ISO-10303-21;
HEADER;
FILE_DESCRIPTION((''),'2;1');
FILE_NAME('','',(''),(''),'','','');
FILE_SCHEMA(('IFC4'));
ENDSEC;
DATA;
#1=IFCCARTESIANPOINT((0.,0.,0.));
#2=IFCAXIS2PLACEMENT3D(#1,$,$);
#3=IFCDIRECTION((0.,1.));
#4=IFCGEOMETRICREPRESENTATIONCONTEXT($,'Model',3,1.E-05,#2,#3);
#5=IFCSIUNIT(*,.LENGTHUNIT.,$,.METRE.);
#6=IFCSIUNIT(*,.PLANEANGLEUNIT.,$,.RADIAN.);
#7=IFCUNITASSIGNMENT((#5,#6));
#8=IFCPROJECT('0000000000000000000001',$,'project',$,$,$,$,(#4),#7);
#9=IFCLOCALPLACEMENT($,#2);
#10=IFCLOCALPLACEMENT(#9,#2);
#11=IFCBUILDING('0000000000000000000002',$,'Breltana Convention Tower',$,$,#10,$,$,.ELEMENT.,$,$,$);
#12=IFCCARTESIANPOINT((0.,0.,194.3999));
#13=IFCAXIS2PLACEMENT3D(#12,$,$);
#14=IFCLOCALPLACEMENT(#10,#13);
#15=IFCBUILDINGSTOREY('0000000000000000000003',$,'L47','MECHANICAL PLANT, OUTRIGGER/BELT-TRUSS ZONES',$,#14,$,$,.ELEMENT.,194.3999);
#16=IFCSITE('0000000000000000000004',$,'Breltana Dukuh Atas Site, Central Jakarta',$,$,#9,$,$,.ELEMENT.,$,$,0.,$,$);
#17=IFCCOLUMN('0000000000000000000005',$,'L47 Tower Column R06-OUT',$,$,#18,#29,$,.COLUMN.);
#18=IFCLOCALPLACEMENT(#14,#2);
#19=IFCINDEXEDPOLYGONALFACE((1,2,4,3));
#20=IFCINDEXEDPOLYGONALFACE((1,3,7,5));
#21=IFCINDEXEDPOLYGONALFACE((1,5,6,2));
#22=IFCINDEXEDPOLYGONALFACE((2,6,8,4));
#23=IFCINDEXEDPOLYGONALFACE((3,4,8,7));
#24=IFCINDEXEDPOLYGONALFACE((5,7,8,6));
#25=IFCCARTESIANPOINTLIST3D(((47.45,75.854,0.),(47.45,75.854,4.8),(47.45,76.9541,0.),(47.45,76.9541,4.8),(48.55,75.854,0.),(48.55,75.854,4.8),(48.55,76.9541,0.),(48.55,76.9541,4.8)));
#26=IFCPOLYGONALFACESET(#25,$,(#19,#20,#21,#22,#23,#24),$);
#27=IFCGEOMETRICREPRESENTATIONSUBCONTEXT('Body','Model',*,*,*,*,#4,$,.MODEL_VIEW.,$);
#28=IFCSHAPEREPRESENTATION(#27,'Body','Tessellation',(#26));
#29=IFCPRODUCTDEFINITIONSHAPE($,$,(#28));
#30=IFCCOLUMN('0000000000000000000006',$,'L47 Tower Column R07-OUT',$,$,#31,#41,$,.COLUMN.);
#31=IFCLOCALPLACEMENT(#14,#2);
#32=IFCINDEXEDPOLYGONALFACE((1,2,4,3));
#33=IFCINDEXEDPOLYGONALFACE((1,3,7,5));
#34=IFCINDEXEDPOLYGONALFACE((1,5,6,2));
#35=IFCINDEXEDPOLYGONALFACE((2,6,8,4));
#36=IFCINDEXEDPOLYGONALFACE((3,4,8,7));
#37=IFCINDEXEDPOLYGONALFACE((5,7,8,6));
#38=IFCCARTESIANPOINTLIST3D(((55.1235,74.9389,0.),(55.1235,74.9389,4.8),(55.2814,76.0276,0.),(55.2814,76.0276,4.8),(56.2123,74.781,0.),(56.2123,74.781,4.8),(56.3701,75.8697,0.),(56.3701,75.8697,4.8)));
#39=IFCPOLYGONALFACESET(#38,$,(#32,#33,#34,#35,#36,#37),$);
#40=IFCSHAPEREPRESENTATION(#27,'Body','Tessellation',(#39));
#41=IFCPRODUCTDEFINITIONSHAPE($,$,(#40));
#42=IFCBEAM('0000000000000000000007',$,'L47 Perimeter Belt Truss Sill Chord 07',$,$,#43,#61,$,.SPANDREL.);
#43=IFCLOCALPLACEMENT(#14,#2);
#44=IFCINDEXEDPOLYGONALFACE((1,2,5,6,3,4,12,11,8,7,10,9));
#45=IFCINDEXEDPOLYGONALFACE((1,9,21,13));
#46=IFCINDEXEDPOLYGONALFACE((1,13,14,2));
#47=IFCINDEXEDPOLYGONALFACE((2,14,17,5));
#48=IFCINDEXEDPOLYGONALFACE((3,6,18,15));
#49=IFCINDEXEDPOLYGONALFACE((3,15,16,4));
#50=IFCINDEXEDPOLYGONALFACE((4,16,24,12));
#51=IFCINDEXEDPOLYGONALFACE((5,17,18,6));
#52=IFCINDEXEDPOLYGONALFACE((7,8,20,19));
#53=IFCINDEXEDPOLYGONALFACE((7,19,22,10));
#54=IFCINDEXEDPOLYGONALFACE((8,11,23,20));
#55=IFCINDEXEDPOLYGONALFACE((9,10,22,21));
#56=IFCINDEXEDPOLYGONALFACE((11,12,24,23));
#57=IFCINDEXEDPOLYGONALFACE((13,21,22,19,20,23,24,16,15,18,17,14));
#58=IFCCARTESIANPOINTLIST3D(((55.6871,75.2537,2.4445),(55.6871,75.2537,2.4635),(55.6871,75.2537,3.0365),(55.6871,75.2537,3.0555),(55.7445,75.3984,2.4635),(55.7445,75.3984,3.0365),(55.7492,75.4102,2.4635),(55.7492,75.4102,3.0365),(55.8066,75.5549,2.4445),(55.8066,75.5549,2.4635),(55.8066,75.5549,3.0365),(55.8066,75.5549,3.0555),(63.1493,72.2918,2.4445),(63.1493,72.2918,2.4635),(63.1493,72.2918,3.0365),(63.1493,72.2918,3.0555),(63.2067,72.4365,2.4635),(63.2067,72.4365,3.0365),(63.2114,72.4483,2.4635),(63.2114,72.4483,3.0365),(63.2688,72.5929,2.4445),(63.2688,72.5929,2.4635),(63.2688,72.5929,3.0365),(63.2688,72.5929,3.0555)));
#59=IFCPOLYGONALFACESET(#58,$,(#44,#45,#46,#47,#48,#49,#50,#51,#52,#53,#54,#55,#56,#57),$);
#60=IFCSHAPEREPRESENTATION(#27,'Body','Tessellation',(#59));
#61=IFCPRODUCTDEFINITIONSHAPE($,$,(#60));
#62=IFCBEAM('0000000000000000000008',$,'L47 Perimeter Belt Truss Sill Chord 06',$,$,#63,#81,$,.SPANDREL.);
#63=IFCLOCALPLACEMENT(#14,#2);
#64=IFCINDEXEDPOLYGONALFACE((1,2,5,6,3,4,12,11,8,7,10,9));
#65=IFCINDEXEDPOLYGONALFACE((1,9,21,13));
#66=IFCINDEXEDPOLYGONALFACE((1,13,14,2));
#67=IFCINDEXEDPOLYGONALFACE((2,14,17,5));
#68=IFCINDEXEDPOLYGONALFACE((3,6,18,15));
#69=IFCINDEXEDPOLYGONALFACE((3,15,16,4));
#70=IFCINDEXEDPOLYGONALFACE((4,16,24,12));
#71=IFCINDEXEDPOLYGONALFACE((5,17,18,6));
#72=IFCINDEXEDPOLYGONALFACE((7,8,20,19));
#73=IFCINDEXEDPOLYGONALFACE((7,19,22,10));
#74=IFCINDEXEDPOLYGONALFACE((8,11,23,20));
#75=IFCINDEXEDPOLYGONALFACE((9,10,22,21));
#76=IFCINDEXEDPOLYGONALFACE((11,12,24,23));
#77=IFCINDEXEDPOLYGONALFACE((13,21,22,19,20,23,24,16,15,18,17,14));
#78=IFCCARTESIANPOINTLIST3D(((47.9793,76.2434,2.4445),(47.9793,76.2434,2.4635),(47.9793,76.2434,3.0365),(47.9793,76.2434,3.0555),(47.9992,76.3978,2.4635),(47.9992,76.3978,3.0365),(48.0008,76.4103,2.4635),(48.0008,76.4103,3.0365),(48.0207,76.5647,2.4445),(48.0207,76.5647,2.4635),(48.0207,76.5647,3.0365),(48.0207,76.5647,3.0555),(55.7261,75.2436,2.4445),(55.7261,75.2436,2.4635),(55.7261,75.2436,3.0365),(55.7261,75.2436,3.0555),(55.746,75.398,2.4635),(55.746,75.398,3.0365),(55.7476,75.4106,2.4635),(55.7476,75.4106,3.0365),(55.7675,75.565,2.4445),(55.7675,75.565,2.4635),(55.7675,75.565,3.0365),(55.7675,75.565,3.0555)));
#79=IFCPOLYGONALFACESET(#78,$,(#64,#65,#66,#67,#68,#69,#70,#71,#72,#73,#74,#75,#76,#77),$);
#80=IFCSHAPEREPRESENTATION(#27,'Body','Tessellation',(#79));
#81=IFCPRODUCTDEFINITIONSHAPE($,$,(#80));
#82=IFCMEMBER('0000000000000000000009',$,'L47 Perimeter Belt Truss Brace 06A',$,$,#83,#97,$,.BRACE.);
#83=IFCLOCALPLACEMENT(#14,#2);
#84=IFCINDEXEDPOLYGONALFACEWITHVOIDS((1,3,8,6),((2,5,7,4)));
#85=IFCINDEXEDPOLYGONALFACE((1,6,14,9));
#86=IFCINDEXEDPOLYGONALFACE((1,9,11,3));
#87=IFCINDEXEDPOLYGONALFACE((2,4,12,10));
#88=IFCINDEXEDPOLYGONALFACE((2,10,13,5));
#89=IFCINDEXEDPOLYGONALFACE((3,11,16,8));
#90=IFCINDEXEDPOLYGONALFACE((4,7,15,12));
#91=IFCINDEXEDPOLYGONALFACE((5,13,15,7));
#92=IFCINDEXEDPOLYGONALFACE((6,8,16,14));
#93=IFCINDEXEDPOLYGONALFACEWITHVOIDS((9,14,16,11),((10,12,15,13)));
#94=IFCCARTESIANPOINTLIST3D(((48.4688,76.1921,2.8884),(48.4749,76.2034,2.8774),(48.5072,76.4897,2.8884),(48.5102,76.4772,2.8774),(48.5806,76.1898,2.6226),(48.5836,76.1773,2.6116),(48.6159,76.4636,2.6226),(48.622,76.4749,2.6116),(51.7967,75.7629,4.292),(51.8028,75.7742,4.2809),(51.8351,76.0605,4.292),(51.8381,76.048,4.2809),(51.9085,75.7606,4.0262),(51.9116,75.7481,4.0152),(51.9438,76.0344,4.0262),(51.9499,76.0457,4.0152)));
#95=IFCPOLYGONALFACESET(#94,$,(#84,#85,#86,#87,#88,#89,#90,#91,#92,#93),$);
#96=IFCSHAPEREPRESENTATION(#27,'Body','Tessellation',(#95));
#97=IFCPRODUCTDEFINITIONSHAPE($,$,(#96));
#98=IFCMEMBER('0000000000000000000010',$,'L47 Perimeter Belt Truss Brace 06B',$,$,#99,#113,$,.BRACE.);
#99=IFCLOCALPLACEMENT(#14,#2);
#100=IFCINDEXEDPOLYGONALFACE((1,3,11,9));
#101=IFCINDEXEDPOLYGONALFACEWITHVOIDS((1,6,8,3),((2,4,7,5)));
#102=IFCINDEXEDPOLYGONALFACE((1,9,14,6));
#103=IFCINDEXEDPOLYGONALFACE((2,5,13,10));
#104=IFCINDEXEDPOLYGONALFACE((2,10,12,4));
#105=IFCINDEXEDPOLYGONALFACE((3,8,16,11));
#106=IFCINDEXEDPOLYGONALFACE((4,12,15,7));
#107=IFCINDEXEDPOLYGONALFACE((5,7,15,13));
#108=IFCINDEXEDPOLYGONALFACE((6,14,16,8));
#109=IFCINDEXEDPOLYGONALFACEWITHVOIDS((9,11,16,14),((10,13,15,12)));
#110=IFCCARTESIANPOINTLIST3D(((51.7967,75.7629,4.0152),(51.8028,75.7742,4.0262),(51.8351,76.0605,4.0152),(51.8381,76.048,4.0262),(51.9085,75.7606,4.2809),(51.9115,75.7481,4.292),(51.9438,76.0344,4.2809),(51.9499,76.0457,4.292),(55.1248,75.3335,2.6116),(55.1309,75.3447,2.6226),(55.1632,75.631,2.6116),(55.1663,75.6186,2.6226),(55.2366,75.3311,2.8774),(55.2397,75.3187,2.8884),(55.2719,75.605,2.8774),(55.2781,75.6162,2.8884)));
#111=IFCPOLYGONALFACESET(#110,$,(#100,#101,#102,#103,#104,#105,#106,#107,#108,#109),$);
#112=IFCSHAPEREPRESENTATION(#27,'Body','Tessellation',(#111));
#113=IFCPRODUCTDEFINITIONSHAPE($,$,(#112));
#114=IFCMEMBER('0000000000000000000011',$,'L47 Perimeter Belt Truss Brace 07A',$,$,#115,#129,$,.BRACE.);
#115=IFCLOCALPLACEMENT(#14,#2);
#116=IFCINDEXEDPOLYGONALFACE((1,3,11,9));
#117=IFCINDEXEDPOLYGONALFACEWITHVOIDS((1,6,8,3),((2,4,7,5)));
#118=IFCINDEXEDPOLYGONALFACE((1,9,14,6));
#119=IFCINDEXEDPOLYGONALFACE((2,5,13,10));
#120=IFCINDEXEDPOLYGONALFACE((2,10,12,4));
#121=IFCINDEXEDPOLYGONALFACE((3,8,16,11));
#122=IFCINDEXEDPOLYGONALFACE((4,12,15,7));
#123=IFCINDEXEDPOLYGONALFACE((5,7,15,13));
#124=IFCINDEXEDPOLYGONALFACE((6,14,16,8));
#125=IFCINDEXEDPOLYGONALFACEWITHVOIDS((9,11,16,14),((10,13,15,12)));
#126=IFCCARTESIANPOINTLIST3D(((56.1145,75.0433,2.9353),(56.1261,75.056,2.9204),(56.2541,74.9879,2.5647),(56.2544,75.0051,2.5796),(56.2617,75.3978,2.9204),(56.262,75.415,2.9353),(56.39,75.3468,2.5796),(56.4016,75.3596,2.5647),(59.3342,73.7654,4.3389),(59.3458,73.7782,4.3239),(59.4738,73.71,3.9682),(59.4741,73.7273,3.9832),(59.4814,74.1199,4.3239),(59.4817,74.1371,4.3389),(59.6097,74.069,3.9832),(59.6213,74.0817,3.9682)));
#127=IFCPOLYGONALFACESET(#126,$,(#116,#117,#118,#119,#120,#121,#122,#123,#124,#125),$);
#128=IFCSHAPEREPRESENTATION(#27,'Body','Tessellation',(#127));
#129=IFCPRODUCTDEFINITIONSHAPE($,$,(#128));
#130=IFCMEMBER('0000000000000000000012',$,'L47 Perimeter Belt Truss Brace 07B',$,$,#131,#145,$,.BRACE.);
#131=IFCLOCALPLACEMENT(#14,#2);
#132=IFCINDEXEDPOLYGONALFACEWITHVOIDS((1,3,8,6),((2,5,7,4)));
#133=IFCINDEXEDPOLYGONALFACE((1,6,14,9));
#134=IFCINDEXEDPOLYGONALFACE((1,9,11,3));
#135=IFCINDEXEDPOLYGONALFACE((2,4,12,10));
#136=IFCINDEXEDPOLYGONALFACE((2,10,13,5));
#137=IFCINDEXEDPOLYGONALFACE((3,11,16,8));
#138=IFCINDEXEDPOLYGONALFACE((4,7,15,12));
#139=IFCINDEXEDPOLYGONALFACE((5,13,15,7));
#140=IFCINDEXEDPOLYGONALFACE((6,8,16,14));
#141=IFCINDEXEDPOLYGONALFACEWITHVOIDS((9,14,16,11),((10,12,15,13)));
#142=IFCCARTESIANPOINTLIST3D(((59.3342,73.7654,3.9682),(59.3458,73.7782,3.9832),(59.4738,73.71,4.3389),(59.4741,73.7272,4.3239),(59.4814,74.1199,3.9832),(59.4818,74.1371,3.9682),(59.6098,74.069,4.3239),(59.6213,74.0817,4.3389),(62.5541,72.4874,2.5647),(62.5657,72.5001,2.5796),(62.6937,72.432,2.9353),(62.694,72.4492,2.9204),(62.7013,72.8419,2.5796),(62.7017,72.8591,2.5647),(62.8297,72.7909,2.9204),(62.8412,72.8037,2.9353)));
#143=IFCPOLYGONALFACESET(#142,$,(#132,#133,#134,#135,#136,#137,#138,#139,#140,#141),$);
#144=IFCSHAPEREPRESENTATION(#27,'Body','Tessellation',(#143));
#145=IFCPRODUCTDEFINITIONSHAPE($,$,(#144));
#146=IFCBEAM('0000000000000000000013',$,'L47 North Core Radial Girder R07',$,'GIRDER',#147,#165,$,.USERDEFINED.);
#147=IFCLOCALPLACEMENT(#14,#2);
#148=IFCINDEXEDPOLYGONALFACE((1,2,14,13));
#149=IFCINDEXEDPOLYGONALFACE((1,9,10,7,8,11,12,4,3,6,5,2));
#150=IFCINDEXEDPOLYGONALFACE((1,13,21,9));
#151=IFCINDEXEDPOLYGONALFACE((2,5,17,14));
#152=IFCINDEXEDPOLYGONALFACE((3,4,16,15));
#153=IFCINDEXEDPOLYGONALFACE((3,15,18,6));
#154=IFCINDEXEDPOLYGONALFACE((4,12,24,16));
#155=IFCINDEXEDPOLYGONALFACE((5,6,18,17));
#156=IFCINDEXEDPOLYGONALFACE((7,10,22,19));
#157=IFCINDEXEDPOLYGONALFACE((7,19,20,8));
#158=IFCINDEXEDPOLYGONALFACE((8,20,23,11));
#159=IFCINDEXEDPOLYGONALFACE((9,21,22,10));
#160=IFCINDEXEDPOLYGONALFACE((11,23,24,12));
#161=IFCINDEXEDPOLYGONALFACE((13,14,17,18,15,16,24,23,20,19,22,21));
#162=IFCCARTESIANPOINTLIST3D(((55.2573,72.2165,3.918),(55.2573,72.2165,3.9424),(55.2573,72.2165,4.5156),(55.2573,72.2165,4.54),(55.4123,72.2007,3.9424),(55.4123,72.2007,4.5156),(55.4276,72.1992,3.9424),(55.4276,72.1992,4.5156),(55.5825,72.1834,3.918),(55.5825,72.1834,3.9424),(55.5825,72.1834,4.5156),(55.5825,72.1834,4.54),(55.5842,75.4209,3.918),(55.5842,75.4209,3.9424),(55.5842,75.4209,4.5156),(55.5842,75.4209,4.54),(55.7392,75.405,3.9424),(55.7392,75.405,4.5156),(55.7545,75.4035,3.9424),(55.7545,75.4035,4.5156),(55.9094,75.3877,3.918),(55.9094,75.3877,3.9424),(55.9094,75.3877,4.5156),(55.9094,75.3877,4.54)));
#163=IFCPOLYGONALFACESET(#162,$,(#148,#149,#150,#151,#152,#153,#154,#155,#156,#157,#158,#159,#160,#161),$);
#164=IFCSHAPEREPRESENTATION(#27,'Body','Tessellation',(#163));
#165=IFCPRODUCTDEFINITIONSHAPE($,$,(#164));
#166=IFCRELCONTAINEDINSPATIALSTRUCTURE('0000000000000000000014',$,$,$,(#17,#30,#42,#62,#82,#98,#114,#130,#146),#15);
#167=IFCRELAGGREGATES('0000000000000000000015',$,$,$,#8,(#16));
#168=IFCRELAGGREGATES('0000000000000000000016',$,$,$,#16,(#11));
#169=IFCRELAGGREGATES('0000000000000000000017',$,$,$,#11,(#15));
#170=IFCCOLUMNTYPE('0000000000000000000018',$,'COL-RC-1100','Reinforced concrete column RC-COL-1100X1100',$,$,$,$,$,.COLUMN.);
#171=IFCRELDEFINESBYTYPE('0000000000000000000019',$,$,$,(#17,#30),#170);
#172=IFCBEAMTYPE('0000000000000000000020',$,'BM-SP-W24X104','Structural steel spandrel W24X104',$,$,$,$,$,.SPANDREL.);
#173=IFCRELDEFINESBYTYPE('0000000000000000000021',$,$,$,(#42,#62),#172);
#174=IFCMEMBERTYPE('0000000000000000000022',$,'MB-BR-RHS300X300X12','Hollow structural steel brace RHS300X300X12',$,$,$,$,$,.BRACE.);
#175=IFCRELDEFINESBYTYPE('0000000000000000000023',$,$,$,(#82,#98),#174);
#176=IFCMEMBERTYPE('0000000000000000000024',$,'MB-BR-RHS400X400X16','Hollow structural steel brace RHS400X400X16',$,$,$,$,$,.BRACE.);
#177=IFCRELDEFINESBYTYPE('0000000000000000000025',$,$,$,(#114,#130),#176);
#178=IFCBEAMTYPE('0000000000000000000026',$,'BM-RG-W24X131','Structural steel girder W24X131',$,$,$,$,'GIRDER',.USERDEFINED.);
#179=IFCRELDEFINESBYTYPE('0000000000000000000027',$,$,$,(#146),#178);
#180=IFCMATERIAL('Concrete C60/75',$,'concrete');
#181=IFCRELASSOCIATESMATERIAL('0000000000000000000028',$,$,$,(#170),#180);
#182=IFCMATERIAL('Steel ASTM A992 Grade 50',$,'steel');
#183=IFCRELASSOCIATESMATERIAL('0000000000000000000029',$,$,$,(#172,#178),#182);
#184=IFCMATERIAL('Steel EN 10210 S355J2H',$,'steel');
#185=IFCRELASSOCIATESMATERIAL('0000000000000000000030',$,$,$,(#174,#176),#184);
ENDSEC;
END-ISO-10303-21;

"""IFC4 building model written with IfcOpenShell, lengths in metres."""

from ifc_helpers import new_model, si_unit, direction, frame, origin, origin_2d, place, context, subcontext, project, spatial, rectangle, hollow_rectangle, i_section, extrude, source, transform, mapped, material, material_profile, profile_set, type_object, element, save


model = new_model("IFC4")

# Units and contexts
model_context = context("Model", 3, precision=1e-05, world=origin(), true_north=direction((0.0, 1.0)))
body_context = subcontext(model_context, "Body", "Model", "MODEL_VIEW")
ifc_project = project(units=[si_unit("LENGTHUNIT", "METRE"), si_unit("PLANEANGLEUNIT", "RADIAN")], contexts=[model_context])

# Site, building, storey
site_placement = place(None, origin())
site = spatial("IfcSite", under=ifc_project, at=site_placement, Name="Breltana Dukuh Atas Site, Central Jakarta", CompositionType="ELEMENT", RefElevation=0.0)
building_placement = place(site_placement, origin())
building = spatial("IfcBuilding", under=site, at=building_placement, Name="Breltana Convention Tower", CompositionType="ELEMENT")
storey_placement = place(building_placement, frame((0.0, 0.0, 194.3999)))
storey = spatial("IfcBuildingStorey", under=building, at=storey_placement, Name="L47", Description="MECHANICAL PLANT, OUTRIGGER/BELT-TRUSS ZONES", CompositionType="ELEMENT", Elevation=194.3999)

# Columns
ifc_material_1 = material(Name="Concrete C60/75", Category="concrete")
ifc_material_profile_1 = material_profile(ifc_material_1, rectangle(XDim=1.1001, YDim=1.1001, at=origin_2d()), Name="RC-COL-1100X1100")
ifc_profile_set_1 = profile_set([ifc_material_profile_1], Name="Concrete C60/75")
column_type = type_object("IfcColumnType", Name="COL-RC-1100", Description="Reinforced concrete column RC-COL-1100X1100", PredefinedType="COLUMN", material=ifc_profile_set_1)
shared_shape_1 = source(origin(), body_context, "Body", "SweptSolid", [
    extrude(rectangle(XDim=1.1001, YDim=1.1001, at=origin_2d()), origin(), (0.0, 0.0, 1.0), 4.8),
])
for number, where, z_axis, x_axis, name in (
    (1, (48.0, 76.4041, 0.0), (0.0, 0.0, 1.0), (0.0, 1.0, 0.0), "L47 Tower Column R06-OUT"),
    (2, (55.7468, 75.4043, 0.0), (0.0, 0.0, 1.0), (0.143493, 0.989651, 0.0), "L47 Tower Column R07-OUT"),
):
    element("IfcColumn", number, at=place(storey_placement, frame(where, z_axis=z_axis, x_axis=x_axis)), inside=storey, type_object=column_type, Name=name, PredefinedType="COLUMN", context=body_context, shape_type="MappedRepresentation", body=[
        mapped(shared_shape_1, transform((0.0, 0.0, 0.0), scale=1.0)),
    ])

# Beams
ifc_material_2 = material(Name="Steel ASTM A992 Grade 50", Category="steel")
ifc_material_profile_2 = material_profile(ifc_material_2, i_section(OverallWidth=0.324, OverallDepth=0.6111, WebThickness=0.0127, FlangeThickness=0.019, at=origin_2d()), Name="W24X104")
ifc_profile_set_2 = profile_set([ifc_material_profile_2], Name="Steel ASTM A992 Grade 50")
beam_type_1 = type_object("IfcBeamType", Name="BM-SP-W24X104", Description="Structural steel spandrel W24X104", PredefinedType="SPANDREL", material=ifc_profile_set_2)
shared_shape_2 = source(origin(), body_context, "Body", "SweptSolid", [
    extrude(i_section(OverallWidth=0.324, OverallDepth=0.6111, WebThickness=0.0127, FlangeThickness=0.019, at=origin_2d()), origin(), (0.0, 0.0, 1.0), 8.0286),
])
beam_1_placement = place(storey_placement, frame((55.7468, 75.4043, 2.75), z_axis=(0.929459, -0.368925, 0.0), x_axis=(0.368925, 0.929459, 0.0)))
element("IfcBeam", 3, at=beam_1_placement, inside=storey, type_object=beam_type_1, Name="L47 Perimeter Belt Truss Sill Chord 07", PredefinedType="SPANDREL", context=body_context, shape_type="MappedRepresentation", body=[
    mapped(shared_shape_2, transform((0.0, 0.0, 0.0), scale=1.0)),
])
shared_shape_3 = source(origin(), body_context, "Body", "SweptSolid", [
    extrude(i_section(OverallWidth=0.324, OverallDepth=0.6111, WebThickness=0.0127, FlangeThickness=0.019, at=origin_2d()), origin(), (0.0, 0.0, 1.0), 7.811),
])
beam_2_placement = place(storey_placement, frame((48.0, 76.4041, 2.75), z_axis=(0.991775, -0.127992, 0.0), x_axis=(0.127992, 0.991775, 0.0)))
element("IfcBeam", 4, at=beam_2_placement, inside=storey, type_object=beam_type_1, Name="L47 Perimeter Belt Truss Sill Chord 06", PredefinedType="SPANDREL", context=body_context, shape_type="MappedRepresentation", body=[
    mapped(shared_shape_3, transform((0.0, 0.0, 0.0), scale=1.0)),
])

# Members
ifc_material_3 = material(Name="Steel EN 10210 S355J2H", Category="steel")
ifc_material_profile_3 = material_profile(ifc_material_3, hollow_rectangle(XDim=0.3, YDim=0.3, WallThickness=0.012, at=origin_2d()), Name="RHS300X300X12")
ifc_profile_set_3 = profile_set([ifc_material_profile_3], Name="Steel EN 10210 S355J2H")
member_type_1 = type_object("IfcMemberType", Name="MB-BR-RHS300X300X12", Description="Hollow structural steel brace RHS300X300X12", PredefinedType="BRACE", material=ifc_profile_set_3)
shared_shape_4 = source(origin(), body_context, "Body", "SweptSolid", [
    extrude(hollow_rectangle(XDim=0.3, YDim=0.3, WallThickness=0.012, at=origin_2d()), origin(), (0.0, 0.0, 1.0), 3.6372),
])
member_1_placement = place(storey_placement, frame((48.5454, 76.3335, 2.75), z_axis=(0.914965, -0.118004, 0.385895), x_axis=(0.127911, 0.991786, 0.0)))
element("IfcMember", 5, at=member_1_placement, inside=storey, type_object=member_type_1, Name="L47 Perimeter Belt Truss Brace 06A", PredefinedType="BRACE", context=body_context, shape_type="MappedRepresentation", body=[
    mapped(shared_shape_4, transform((0.0, 0.0, 0.0), scale=1.0)),
])
shared_shape_5 = source(origin(), body_context, "Body", "SweptSolid", [
    extrude(hollow_rectangle(XDim=0.3, YDim=0.3, WallThickness=0.012, at=origin_2d()), origin(), (0.0, 0.0, 1.0), 3.6375),
])
member_2_placement = place(storey_placement, frame((51.8733, 75.9043, 4.1536), z_axis=(0.914968, -0.118063, -0.385868), x_axis=(0.127974, 0.991778, 0.0)))
element("IfcMember", 6, at=member_2_placement, inside=storey, type_object=member_type_1, Name="L47 Perimeter Belt Truss Brace 06B", PredefinedType="BRACE", context=body_context, shape_type="MappedRepresentation", body=[
    mapped(shared_shape_5, transform((0.0, 0.0, 0.0), scale=1.0)),
])
ifc_material_profile_4 = material_profile(ifc_material_3, hollow_rectangle(XDim=0.3999, YDim=0.3999, WallThickness=0.0161, at=origin_2d()), Name="RHS400X400X16")
ifc_profile_set_4 = profile_set([ifc_material_profile_4], Name="Steel EN 10210 S355J2H")
member_type_2 = type_object("IfcMemberType", Name="MB-BR-RHS400X400X16", Description="Hollow structural steel brace RHS400X400X16", PredefinedType="BRACE", material=ifc_profile_set_4)
shared_shape_6 = source(origin(), body_context, "Body", "SweptSolid", [
    extrude(hollow_rectangle(XDim=0.3999, YDim=0.3999, WallThickness=0.0161, at=origin_2d()), origin(), (0.0, 0.0, 1.0), 3.7375),
])
member_3_placement = place(storey_placement, frame((56.2581, 75.2014, 2.75), z_axis=(0.861447, -0.341888, 0.375528), x_axis=(0.368886, 0.929475, 0.0)))
element("IfcMember", 7, at=member_3_placement, inside=storey, type_object=member_type_2, Name="L47 Perimeter Belt Truss Brace 07A", PredefinedType="BRACE", context=body_context, shape_type="MappedRepresentation", body=[
    mapped(shared_shape_6, transform((0.0, 0.0, 0.0), scale=1.0)),
])
shared_shape_7 = source(origin(), body_context, "Body", "SweptSolid", [
    extrude(hollow_rectangle(XDim=0.3999, YDim=0.3999, WallThickness=0.0161, at=origin_2d()), origin(), (0.0, 0.0, 1.0), 3.7378),
])
member_4_placement = place(storey_placement, frame((59.4778, 73.9236, 4.1536), z_axis=(0.861445, -0.341926, -0.375498), x_axis=(0.368923, 0.92946, 0.0)))
element("IfcMember", 8, at=member_4_placement, inside=storey, type_object=member_type_2, Name="L47 Perimeter Belt Truss Brace 07B", PredefinedType="BRACE", context=body_context, shape_type="MappedRepresentation", body=[
    mapped(shared_shape_7, transform((0.0, 0.0, 0.0), scale=1.0)),
])

# Beam
ifc_material_profile_5 = material_profile(ifc_material_2, i_section(OverallWidth=0.3269, OverallDepth=0.6221, WebThickness=0.0154, FlangeThickness=0.0244, at=origin_2d()), Name="W24X131")
ifc_profile_set_5 = profile_set([ifc_material_profile_5], Name="Steel ASTM A992 Grade 50")
beam_type_2 = type_object("IfcBeamType", Name="BM-RG-W24X131", Description="Structural steel girder W24X131", ElementType="GIRDER", PredefinedType="USERDEFINED", material=ifc_profile_set_5)
shared_shape_8 = source(origin(), body_context, "Body", "SweptSolid", [
    extrude(i_section(OverallWidth=0.3269, OverallDepth=0.6221, WebThickness=0.0154, FlangeThickness=0.0244, at=origin_2d()), origin(), (0.0, 0.0, 1.0), 3.2209),
])
beam_3_placement = place(storey_placement, frame((55.4199, 72.2, 4.229), z_axis=(0.101492, 0.994836, 0.0), x_axis=(-0.994836, 0.101492, 0.0)))
element("IfcBeam", 9, at=beam_3_placement, inside=storey, type_object=beam_type_2, Name="L47 North Core Radial Girder R07", ObjectType="GIRDER", PredefinedType="USERDEFINED", context=body_context, shape_type="MappedRepresentation", body=[
    mapped(shared_shape_8, transform((0.0, 0.0, 0.0), scale=1.0)),
])

save(model, "model.ifc")
